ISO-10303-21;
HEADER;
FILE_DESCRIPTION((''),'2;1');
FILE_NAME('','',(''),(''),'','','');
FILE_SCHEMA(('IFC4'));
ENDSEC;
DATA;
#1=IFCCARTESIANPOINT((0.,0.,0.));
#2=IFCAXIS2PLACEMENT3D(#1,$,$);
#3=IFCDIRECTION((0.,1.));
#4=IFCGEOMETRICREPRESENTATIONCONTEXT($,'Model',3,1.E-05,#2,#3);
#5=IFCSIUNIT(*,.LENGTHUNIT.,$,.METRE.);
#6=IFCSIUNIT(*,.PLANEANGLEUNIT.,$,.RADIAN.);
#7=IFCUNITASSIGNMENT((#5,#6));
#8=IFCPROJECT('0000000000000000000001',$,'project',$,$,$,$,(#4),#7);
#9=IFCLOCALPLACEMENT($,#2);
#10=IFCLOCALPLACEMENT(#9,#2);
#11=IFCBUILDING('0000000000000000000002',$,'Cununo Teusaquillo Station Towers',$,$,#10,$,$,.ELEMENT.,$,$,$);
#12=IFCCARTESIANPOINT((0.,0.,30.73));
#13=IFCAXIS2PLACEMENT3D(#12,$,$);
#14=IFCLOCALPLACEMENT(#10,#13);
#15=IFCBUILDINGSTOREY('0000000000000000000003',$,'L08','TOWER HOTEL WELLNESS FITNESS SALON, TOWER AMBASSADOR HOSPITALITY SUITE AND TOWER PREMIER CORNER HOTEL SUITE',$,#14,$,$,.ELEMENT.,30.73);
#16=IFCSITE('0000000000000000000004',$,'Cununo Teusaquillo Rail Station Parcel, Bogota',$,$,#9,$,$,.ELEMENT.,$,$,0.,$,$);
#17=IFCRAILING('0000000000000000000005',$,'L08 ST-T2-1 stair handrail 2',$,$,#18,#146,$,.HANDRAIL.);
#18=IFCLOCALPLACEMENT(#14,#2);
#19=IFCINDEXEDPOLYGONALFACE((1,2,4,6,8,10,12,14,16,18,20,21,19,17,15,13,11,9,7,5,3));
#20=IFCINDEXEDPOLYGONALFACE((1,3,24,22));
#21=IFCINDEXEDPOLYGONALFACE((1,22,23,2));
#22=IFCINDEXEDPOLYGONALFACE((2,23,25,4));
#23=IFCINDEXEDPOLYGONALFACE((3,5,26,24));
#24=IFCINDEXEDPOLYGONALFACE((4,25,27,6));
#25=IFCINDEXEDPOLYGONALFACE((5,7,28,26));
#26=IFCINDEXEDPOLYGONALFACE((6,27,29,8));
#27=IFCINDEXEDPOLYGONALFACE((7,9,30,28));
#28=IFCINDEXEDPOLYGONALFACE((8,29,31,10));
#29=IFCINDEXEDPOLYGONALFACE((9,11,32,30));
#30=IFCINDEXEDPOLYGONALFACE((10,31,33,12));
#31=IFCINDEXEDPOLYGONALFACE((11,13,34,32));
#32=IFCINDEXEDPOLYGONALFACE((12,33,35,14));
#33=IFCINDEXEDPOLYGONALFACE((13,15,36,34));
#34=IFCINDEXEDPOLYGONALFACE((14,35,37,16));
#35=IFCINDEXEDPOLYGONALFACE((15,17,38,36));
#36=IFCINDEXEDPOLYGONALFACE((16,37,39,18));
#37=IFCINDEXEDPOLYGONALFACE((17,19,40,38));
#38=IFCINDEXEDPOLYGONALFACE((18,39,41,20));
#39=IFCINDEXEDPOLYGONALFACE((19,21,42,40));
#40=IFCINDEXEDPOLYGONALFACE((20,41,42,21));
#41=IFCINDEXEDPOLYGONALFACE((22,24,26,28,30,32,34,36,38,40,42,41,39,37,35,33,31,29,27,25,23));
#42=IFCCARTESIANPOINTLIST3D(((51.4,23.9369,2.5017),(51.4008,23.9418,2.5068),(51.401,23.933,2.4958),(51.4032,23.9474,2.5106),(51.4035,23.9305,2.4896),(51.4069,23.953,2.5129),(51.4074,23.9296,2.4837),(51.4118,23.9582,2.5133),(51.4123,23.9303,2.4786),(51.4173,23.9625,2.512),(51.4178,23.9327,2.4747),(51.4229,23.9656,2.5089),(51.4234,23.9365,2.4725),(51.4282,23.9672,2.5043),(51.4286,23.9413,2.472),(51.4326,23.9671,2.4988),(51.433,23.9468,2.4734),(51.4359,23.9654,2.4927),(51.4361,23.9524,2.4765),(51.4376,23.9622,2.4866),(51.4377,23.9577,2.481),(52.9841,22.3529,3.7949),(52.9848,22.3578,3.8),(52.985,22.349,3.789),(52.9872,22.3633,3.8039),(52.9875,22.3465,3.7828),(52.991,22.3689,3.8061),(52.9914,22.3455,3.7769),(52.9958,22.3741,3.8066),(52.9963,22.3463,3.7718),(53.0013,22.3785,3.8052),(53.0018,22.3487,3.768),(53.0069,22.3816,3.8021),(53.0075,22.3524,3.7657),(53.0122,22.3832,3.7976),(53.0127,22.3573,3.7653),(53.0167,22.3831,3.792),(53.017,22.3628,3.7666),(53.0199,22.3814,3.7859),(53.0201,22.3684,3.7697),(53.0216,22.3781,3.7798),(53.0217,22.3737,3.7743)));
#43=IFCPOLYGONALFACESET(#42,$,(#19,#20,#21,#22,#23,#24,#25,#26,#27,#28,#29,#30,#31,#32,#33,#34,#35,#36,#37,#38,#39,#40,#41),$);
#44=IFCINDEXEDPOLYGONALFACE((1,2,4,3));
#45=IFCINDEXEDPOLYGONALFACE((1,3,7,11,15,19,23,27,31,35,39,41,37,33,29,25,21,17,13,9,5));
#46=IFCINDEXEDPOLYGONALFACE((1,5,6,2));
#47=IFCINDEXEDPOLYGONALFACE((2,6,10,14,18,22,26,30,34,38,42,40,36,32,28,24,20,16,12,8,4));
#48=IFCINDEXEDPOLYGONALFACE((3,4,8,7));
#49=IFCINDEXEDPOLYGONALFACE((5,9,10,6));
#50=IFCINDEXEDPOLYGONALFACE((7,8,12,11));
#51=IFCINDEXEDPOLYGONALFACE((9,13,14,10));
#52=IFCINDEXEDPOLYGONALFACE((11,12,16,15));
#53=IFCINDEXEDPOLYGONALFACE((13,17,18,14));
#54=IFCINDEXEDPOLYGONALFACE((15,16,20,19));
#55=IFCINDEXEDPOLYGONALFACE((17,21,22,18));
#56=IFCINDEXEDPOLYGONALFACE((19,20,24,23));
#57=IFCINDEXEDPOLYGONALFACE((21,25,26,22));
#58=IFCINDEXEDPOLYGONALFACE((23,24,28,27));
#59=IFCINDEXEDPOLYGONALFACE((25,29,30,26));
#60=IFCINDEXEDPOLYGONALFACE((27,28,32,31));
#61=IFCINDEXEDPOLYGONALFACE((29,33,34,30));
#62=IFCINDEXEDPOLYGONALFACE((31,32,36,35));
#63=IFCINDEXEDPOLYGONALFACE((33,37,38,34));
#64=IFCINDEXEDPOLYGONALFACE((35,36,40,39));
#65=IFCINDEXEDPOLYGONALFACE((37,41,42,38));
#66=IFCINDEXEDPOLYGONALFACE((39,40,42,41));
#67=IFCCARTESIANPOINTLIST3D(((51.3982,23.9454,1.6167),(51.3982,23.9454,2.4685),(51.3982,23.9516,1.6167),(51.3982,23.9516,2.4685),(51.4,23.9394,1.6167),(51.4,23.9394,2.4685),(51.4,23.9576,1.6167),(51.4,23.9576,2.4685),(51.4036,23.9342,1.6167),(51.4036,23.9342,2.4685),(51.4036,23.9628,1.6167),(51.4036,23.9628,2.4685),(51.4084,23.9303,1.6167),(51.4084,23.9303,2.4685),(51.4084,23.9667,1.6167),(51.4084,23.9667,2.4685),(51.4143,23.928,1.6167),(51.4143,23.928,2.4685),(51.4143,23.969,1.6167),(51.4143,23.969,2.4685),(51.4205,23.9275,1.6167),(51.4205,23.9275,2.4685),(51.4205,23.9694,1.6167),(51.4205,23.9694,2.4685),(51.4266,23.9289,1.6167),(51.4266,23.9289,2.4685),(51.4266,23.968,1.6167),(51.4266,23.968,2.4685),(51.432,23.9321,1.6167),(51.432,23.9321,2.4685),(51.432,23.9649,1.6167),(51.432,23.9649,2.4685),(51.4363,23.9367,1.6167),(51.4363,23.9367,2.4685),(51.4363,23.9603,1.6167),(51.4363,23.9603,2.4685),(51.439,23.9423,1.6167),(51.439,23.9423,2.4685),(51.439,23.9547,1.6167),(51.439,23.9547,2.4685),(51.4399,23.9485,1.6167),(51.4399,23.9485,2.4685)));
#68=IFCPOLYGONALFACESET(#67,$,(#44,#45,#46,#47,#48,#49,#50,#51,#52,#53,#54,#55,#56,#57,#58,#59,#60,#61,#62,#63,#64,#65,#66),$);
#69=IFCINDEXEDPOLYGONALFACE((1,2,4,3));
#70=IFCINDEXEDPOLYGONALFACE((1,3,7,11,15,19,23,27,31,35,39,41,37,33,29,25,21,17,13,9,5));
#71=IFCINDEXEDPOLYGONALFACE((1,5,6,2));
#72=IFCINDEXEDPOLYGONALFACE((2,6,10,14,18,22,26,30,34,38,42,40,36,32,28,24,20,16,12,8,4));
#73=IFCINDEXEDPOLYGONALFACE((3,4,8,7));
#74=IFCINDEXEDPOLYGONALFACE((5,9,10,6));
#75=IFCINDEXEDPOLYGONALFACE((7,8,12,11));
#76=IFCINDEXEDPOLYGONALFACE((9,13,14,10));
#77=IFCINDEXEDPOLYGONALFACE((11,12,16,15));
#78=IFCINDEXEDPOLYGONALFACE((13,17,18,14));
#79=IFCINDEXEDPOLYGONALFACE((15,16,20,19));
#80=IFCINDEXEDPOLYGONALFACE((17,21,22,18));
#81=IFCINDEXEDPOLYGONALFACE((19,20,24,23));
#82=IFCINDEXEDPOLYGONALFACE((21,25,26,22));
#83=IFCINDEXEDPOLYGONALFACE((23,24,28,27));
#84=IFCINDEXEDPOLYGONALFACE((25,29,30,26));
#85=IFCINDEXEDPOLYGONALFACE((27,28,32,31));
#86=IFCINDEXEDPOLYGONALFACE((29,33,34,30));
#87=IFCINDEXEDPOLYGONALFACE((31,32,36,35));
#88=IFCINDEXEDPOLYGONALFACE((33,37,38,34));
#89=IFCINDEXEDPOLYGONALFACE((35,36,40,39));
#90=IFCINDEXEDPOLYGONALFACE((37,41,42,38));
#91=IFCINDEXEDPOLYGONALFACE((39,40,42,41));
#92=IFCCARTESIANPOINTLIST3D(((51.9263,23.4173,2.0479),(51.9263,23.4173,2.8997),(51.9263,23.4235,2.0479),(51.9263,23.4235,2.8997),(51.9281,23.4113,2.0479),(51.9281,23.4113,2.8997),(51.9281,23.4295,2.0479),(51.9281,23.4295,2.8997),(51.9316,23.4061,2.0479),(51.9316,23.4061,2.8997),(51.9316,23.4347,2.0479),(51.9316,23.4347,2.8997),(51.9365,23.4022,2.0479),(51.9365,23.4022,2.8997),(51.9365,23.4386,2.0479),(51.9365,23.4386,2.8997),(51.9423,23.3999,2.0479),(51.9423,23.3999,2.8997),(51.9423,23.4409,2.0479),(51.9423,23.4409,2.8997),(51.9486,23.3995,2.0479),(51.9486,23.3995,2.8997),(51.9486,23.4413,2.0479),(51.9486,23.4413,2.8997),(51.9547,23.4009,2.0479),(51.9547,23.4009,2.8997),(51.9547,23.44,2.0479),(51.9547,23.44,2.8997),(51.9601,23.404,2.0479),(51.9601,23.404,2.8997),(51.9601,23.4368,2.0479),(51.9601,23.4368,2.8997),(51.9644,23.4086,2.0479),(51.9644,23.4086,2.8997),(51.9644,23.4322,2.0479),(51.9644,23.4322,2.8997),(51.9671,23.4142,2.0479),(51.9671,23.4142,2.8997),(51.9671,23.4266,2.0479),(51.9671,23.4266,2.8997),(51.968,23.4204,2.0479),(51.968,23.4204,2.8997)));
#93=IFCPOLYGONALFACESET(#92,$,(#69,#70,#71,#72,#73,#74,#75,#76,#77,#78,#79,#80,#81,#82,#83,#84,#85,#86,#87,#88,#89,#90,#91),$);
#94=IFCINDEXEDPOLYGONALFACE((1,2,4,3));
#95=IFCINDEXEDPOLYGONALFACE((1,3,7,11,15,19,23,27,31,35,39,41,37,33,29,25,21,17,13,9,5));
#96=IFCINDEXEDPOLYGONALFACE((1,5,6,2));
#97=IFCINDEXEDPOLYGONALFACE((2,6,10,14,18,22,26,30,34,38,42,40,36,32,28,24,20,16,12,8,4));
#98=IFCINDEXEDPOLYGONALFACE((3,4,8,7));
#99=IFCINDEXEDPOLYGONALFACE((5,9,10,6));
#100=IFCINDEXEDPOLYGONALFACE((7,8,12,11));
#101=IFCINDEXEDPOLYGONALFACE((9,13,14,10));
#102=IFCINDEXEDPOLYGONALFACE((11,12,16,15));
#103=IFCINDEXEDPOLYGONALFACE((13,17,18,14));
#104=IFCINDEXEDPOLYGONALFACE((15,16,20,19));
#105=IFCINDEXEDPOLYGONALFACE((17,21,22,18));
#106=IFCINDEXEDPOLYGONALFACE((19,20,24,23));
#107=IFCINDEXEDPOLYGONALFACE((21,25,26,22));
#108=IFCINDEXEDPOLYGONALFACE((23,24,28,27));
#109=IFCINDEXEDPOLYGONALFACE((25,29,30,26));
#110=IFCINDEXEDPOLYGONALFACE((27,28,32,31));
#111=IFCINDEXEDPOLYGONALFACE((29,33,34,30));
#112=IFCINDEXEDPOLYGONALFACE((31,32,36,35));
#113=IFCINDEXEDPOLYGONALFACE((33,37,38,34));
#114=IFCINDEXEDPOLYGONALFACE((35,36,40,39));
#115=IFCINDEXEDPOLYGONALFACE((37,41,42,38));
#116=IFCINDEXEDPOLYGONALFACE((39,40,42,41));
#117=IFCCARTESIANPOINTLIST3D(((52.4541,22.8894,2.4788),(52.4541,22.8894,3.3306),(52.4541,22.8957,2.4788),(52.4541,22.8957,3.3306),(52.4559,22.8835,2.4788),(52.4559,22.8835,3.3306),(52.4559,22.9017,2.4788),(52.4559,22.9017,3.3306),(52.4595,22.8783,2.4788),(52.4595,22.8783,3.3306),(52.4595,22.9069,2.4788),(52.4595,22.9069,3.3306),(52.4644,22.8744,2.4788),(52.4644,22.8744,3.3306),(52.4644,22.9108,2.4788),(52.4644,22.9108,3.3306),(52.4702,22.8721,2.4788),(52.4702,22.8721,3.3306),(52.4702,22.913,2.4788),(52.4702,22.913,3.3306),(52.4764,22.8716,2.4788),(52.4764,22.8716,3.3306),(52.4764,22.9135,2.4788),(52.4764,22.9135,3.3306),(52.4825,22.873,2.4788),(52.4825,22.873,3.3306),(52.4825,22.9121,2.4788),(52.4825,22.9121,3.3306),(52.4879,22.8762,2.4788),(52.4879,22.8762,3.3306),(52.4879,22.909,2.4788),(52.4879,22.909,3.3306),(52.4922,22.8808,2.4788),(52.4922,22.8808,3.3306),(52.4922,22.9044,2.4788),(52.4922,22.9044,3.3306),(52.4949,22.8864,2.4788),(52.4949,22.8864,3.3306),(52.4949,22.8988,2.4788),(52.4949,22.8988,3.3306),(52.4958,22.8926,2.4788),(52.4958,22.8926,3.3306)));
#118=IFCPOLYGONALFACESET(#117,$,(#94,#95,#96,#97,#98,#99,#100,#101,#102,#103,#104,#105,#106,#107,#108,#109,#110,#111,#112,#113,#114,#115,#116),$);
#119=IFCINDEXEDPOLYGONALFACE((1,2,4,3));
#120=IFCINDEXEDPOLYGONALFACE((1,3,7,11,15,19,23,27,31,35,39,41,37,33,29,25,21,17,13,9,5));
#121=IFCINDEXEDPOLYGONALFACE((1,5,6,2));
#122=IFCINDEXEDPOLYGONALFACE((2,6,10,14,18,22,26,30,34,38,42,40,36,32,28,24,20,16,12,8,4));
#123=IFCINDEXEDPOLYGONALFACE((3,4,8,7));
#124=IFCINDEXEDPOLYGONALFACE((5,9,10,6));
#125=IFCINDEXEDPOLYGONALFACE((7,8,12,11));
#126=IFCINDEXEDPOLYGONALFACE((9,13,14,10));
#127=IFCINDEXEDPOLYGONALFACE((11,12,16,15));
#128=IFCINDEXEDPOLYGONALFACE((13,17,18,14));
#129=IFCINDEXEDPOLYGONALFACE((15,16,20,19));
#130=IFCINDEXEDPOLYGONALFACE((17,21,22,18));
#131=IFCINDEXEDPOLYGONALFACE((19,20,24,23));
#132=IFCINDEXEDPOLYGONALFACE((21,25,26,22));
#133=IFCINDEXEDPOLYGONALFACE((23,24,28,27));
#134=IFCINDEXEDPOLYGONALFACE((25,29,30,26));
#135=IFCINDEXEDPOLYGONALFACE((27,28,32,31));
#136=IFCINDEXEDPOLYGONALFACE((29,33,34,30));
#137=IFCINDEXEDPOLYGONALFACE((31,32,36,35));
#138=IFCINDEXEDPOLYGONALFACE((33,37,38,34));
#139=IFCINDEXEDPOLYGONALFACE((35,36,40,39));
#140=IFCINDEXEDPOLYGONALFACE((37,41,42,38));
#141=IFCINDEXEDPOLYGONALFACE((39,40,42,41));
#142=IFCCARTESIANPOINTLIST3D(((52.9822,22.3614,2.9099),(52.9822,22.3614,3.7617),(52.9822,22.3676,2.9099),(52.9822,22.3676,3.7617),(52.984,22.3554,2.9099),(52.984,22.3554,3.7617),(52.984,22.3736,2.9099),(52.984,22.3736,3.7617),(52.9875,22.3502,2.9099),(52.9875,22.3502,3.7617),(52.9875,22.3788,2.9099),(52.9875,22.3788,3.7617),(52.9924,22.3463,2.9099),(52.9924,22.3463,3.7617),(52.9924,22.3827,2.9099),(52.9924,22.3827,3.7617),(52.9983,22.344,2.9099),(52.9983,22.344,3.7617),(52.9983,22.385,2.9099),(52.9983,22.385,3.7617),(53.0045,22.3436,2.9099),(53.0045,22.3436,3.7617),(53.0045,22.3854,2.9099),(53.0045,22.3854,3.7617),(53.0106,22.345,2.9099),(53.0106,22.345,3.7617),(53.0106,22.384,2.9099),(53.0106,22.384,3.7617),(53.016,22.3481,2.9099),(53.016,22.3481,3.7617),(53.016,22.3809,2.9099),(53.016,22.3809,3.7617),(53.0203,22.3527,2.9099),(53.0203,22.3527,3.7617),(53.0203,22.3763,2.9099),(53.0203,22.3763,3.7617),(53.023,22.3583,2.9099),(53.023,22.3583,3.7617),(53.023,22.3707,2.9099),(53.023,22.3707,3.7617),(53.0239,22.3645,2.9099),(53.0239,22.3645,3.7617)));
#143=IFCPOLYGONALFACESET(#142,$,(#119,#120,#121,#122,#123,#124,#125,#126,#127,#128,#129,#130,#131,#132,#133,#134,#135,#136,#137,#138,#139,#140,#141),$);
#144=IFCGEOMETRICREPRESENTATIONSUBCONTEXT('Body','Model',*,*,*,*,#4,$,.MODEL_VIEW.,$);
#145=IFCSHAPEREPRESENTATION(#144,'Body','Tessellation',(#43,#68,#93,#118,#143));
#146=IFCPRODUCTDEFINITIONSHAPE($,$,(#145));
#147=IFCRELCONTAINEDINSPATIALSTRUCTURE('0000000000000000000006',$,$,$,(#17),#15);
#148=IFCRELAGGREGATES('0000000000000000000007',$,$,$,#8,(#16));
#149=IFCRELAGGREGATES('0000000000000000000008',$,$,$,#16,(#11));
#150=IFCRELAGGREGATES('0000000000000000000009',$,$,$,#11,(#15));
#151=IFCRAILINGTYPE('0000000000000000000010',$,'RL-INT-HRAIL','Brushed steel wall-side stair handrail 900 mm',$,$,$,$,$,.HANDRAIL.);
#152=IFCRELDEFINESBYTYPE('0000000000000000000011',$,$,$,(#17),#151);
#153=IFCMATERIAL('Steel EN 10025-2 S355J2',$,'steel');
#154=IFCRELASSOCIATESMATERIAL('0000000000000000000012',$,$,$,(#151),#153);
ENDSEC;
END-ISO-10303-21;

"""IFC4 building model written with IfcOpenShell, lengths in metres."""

from ifc_helpers import new_model, si_unit, direction, frame, origin, origin_2d, place, context, subcontext, project, spatial, circle, extrude, material, type_object, element, save


model = new_model("IFC4")

# Units and contexts
model_context = context("Model", 3, precision=1e-05, world=origin(), true_north=direction((0.0, 1.0)))
body_context = subcontext(model_context, "Body", "Model", "MODEL_VIEW")
ifc_project = project(units=[si_unit("LENGTHUNIT", "METRE"), si_unit("PLANEANGLEUNIT", "RADIAN")], contexts=[model_context])

# Site, building, storey
site_placement = place(None, origin())
site = spatial("IfcSite", under=ifc_project, at=site_placement, Name="Cununo Teusaquillo Rail Station Parcel, Bogota", CompositionType="ELEMENT", RefElevation=0.0)
building_placement = place(site_placement, origin())
building = spatial("IfcBuilding", under=site, at=building_placement, Name="Cununo Teusaquillo Station Towers", CompositionType="ELEMENT")
storey_placement = place(building_placement, frame((0.0, 0.0, 30.73)))
storey = spatial("IfcBuildingStorey", under=building, at=storey_placement, Name="L08", Description="TOWER HOTEL WELLNESS FITNESS SALON, TOWER AMBASSADOR HOSPITALITY SUITE AND TOWER PREMIER CORNER HOTEL SUITE", CompositionType="ELEMENT", Elevation=30.73)

# Railing
ifc_material_1 = material(Name="Steel EN 10025-2 S355J2", Category="steel")
railing_type = type_object("IfcRailingType", Name="RL-INT-HRAIL", Description="Brushed steel wall-side stair handrail 900 mm", PredefinedType="HANDRAIL", material=ifc_material_1)
railing_placement = place(storey_placement, frame((51.4189, 23.9485, 1.6167)))
element("IfcRailing", 1, at=railing_placement, inside=storey, type_object=railing_type, Name="L08 ST-T2-1 stair handrail 2", PredefinedType="HANDRAIL", context=body_context, shape_type="SweptSolid", body=[
    extrude(circle(Radius=0.0239, at=origin_2d()), frame((0.0, 0.0, 0.876), z_axis=(0.612385, -0.612385, 0.49997), x_axis=(0.707107, 0.707107, 0.0)), (0.0, 0.0, 1.0), 2.5867),
    extrude(circle(Radius=0.021, at=origin_2d()), origin(), (0.0, 0.0, 1.0), 0.8518),
    extrude(circle(Radius=0.021, at=origin_2d()), frame((0.5281, -0.5281, 0.4312)), (0.0, 0.0, 1.0), 0.8518),
    extrude(circle(Radius=0.021, at=origin_2d()), frame((1.0559, -1.0559, 0.8621)), (0.0, 0.0, 1.0), 0.8518),
    extrude(circle(Radius=0.021, at=origin_2d()), frame((1.584, -1.584, 1.2932)), (0.0, 0.0, 1.0), 0.8518),
])

save(model, "model.ifc")
